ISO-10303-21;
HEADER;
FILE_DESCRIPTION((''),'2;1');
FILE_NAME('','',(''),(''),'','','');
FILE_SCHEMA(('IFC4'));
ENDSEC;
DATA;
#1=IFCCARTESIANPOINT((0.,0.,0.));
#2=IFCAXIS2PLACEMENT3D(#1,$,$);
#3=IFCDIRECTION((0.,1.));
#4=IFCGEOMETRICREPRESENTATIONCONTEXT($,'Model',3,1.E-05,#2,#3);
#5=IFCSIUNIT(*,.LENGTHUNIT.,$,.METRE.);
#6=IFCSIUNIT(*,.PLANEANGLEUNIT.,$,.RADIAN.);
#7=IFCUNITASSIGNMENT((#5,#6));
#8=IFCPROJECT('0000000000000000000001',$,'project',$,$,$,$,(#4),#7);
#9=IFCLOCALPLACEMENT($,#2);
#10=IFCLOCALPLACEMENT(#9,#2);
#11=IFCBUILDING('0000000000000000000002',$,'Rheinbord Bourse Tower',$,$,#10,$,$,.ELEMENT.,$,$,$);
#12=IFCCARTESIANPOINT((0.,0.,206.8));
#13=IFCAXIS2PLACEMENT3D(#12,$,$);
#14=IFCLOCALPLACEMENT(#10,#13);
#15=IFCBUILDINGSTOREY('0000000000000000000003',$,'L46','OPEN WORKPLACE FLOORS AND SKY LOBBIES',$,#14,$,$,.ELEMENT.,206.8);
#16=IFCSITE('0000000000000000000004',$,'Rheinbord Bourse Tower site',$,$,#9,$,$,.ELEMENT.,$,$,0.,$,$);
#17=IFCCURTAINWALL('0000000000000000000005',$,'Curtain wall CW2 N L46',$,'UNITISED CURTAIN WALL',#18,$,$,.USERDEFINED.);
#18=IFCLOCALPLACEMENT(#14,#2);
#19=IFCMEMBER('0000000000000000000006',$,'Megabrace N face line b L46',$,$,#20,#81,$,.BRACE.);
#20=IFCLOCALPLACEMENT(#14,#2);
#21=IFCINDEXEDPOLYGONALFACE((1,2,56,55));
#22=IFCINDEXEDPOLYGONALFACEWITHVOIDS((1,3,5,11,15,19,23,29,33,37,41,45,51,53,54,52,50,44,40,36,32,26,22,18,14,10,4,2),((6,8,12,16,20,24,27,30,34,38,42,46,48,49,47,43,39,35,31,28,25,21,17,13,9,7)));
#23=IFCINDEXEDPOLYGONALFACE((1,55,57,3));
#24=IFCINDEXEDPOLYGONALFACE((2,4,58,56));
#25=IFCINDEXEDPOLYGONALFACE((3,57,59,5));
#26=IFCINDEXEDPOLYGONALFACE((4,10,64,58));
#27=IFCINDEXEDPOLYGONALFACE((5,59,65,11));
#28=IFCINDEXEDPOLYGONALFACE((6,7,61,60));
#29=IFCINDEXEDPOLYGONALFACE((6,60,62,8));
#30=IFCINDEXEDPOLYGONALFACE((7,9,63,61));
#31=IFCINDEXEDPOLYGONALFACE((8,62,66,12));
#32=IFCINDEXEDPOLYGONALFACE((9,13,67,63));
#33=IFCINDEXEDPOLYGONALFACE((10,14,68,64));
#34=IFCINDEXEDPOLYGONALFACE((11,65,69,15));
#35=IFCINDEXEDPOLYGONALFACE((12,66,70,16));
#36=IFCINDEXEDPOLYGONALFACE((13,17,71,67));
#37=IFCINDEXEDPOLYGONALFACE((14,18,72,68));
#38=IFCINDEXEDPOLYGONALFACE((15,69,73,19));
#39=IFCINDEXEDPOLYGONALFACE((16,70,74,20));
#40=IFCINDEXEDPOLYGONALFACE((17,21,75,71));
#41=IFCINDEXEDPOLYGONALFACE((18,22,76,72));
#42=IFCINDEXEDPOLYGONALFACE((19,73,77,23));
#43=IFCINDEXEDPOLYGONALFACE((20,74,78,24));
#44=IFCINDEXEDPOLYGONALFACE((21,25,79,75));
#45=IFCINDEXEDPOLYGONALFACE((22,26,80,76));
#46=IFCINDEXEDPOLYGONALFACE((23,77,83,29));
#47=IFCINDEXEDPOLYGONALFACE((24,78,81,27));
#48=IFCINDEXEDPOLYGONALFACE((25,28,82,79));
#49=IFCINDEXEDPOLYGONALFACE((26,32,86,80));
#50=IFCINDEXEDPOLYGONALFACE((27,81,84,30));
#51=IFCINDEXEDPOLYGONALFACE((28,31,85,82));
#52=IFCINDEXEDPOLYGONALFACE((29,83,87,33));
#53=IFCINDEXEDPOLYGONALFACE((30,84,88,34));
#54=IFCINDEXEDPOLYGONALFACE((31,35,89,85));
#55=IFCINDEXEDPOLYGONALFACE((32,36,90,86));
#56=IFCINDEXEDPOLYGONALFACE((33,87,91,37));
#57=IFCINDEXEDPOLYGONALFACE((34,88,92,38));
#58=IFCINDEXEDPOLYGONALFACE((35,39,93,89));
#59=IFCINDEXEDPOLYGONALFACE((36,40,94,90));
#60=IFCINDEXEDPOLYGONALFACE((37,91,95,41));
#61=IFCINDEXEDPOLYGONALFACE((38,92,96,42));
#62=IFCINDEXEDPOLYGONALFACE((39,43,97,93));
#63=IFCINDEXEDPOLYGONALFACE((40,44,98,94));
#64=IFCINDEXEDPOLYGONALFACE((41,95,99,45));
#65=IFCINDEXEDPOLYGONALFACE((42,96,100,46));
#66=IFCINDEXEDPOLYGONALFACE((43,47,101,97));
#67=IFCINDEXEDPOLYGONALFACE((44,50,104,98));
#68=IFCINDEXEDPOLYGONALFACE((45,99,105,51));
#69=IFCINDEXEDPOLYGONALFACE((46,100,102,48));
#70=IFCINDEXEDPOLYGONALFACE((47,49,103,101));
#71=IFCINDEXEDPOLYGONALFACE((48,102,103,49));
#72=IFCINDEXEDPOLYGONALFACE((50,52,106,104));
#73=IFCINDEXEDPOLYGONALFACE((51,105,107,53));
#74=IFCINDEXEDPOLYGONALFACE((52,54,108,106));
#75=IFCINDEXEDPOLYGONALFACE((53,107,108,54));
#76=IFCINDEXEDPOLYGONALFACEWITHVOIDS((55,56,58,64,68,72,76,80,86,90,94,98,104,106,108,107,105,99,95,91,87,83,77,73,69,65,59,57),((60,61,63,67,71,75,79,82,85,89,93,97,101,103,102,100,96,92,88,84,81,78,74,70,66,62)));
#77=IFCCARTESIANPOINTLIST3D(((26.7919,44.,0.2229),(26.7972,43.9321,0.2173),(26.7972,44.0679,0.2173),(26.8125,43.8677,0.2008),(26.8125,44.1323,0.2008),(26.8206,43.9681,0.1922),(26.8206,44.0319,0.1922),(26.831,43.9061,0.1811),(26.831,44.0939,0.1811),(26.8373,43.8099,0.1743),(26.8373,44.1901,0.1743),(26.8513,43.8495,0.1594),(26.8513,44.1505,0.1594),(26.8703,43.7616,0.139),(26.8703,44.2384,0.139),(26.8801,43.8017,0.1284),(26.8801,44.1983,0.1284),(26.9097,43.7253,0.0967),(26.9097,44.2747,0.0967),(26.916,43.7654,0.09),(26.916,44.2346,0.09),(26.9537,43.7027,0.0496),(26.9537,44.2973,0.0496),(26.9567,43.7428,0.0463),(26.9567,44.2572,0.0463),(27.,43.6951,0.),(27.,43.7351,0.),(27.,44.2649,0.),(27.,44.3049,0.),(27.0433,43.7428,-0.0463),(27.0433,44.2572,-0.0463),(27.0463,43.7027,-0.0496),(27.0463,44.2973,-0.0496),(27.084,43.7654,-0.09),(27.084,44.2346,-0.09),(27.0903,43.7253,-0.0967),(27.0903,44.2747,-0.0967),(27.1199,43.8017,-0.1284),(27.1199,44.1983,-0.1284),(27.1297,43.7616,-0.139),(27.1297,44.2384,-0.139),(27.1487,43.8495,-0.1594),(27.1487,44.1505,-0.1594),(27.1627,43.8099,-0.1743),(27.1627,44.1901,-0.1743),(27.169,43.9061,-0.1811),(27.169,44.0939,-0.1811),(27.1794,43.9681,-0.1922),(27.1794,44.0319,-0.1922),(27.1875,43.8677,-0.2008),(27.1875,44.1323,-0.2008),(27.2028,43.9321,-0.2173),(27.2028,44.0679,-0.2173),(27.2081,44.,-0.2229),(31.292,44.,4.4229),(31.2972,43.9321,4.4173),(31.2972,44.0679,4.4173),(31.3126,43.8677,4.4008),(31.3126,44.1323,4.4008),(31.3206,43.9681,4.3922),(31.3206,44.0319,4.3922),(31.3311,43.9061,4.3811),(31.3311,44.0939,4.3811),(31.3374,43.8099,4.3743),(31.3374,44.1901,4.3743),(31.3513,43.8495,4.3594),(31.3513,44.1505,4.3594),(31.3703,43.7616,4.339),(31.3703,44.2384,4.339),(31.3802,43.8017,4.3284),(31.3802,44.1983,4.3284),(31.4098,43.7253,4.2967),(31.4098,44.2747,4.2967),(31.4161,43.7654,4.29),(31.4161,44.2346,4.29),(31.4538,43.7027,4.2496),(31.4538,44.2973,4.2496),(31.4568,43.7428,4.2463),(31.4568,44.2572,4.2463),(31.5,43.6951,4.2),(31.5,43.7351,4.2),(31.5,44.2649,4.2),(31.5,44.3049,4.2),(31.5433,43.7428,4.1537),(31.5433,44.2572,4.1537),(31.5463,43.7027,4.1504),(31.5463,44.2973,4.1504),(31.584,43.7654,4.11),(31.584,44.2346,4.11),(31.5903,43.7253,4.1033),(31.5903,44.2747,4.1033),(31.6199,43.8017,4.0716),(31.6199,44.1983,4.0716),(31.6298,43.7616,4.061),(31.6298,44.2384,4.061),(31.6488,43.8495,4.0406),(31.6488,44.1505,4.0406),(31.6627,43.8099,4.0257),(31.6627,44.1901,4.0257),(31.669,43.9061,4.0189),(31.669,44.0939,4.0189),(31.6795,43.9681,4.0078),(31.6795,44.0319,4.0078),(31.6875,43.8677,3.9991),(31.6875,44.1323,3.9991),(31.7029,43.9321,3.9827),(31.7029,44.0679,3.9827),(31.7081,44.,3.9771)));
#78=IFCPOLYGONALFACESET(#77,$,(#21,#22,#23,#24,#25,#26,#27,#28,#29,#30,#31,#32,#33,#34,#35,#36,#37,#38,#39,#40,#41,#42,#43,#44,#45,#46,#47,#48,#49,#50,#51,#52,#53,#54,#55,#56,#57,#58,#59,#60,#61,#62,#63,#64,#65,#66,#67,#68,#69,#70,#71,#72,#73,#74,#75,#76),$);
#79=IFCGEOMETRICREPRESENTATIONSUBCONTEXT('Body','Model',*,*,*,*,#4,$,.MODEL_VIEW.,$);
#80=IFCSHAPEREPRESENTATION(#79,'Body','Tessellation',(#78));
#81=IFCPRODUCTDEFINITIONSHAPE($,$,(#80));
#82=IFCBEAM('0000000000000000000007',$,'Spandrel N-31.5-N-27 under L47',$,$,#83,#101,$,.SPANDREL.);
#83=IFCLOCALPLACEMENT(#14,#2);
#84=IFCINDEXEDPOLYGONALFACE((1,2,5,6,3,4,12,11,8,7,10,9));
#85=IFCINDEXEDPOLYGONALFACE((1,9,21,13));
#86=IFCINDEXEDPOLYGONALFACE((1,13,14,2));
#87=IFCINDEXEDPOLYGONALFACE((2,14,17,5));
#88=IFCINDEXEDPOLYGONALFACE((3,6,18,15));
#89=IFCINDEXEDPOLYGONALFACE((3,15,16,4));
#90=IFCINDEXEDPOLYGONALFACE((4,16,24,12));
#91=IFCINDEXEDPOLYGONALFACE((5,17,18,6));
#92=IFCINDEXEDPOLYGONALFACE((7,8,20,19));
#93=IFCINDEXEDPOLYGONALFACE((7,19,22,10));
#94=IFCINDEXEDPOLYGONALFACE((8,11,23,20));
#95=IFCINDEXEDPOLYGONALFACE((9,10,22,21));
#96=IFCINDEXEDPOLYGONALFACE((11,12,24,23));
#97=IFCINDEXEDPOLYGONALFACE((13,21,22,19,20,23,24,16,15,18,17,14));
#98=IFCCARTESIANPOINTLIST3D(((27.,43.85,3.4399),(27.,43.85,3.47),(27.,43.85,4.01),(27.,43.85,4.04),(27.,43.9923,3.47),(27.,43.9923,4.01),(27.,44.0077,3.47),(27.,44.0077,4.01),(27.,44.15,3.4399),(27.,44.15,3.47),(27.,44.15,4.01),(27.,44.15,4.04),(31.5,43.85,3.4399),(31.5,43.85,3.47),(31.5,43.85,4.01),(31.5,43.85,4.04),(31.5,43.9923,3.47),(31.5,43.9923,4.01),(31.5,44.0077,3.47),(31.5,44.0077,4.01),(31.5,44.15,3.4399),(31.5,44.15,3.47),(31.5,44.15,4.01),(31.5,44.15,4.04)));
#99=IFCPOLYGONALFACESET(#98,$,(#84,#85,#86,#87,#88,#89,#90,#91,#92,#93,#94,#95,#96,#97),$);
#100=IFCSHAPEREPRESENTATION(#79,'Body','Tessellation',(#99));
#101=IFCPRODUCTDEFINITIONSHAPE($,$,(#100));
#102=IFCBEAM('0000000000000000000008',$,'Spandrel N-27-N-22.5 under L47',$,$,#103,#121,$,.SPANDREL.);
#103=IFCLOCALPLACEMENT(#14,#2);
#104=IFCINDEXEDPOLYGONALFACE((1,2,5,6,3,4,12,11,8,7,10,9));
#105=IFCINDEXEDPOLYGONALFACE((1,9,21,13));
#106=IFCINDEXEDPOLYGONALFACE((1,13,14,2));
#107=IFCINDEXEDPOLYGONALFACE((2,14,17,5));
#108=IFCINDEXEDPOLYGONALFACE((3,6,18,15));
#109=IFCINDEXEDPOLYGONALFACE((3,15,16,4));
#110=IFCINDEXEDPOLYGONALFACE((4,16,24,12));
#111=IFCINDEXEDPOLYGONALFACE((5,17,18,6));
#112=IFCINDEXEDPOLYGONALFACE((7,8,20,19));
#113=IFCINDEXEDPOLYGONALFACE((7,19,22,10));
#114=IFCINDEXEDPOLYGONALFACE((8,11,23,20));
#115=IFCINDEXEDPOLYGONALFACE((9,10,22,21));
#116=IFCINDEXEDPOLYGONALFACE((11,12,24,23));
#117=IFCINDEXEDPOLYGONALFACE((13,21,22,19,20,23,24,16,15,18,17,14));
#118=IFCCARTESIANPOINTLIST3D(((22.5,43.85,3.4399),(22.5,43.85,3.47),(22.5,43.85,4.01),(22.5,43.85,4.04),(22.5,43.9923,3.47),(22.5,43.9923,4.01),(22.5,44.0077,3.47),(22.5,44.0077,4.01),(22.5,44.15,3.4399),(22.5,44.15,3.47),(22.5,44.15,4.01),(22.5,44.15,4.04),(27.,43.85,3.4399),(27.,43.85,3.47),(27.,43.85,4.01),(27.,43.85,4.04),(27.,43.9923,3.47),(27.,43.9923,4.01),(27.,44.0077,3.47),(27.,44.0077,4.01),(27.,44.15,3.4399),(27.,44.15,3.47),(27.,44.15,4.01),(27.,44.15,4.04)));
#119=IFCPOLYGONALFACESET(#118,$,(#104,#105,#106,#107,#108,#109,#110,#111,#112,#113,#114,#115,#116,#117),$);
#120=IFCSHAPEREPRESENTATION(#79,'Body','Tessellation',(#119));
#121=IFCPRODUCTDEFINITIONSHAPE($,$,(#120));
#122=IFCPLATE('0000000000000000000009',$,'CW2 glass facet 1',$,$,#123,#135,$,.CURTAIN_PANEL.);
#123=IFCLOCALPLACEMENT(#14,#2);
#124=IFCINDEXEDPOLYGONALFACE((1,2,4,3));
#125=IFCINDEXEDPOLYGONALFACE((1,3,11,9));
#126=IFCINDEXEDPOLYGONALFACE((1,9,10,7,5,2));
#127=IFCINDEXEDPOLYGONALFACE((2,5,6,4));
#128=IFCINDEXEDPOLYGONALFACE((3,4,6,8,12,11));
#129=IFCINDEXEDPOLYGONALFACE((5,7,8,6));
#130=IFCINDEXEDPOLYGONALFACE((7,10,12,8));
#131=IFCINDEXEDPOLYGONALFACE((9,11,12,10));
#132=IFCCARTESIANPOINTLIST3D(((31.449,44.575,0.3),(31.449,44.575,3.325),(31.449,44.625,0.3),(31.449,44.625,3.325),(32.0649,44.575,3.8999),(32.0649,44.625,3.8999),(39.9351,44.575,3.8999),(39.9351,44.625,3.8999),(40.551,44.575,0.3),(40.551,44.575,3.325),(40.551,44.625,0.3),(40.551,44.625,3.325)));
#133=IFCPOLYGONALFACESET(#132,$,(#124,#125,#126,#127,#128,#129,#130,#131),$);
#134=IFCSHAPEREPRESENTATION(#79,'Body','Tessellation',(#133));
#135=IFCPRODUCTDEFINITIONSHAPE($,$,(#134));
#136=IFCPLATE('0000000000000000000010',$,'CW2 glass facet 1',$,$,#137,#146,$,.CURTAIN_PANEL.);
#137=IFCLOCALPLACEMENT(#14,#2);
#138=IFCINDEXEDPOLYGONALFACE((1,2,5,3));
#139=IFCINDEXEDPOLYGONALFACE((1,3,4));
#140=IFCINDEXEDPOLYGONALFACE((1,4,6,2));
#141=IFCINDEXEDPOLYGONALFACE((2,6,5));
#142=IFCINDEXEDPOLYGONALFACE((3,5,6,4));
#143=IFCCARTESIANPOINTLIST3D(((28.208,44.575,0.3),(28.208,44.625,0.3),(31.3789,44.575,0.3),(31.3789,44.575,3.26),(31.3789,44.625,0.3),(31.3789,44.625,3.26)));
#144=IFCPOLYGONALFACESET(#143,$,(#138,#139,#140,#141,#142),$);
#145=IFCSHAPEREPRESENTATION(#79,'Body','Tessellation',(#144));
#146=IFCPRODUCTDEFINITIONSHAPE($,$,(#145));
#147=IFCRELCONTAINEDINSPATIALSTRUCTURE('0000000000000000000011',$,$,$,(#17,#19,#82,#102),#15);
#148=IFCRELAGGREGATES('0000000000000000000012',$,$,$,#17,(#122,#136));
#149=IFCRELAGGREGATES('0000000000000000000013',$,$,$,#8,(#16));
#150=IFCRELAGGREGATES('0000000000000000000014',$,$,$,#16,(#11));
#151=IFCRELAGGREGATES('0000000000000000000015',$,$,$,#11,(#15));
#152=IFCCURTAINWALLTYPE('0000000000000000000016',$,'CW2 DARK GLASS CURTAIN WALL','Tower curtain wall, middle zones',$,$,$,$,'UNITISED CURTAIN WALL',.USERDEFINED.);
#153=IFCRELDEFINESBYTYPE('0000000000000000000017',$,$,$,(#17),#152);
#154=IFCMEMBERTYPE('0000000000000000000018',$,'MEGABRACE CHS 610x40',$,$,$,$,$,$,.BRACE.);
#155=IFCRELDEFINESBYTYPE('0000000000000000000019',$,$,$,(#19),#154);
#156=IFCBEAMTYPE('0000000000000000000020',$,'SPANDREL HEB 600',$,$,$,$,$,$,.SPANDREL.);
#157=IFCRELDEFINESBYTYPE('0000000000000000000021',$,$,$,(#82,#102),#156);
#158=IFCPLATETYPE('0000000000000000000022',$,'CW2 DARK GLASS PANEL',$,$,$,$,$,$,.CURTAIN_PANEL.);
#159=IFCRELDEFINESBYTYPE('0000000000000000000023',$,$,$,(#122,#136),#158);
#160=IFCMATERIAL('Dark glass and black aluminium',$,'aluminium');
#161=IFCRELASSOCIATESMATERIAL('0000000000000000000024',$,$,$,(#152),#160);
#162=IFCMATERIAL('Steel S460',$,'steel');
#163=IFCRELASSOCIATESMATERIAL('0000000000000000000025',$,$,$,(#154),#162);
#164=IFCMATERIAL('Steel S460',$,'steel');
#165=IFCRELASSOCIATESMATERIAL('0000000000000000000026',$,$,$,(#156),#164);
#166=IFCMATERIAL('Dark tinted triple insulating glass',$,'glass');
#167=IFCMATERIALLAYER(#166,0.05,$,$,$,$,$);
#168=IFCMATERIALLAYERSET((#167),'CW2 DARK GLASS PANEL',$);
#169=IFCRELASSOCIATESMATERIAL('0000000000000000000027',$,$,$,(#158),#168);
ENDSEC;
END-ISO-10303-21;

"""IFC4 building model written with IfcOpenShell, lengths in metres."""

from ifc_helpers import new_model, si_unit, direction, frame, origin, origin_2d, place, context, subcontext, project, spatial, polyline, hollow_circle, i_section, outline, extrude, material, layer, layer_set, material_profile, profile_set, type_object, element, aggregate, save


model = new_model("IFC4")

# Units and contexts
model_context = context("Model", 3, precision=1e-05, world=origin(), true_north=direction((0.0, 1.0)))
body_context = subcontext(model_context, "Body", "Model", "MODEL_VIEW")
ifc_project = project(units=[si_unit("LENGTHUNIT", "METRE"), si_unit("PLANEANGLEUNIT", "RADIAN")], contexts=[model_context])

# Site, building, storey
site_placement = place(None, origin())
site = spatial("IfcSite", under=ifc_project, at=site_placement, Name="Rheinbord Bourse Tower site", CompositionType="ELEMENT", RefElevation=0.0)
building_placement = place(site_placement, origin())
building = spatial("IfcBuilding", under=site, at=building_placement, Name="Rheinbord Bourse Tower", CompositionType="ELEMENT")
storey_placement = place(building_placement, frame((0.0, 0.0, 206.8)))
storey = spatial("IfcBuildingStorey", under=building, at=storey_placement, Name="L46", Description="OPEN WORKPLACE FLOORS AND SKY LOBBIES", CompositionType="ELEMENT", Elevation=206.8)

# Curtain wall
ifc_material_1 = material(Name="Dark glass and black aluminium", Category="aluminium")
curtain_wall_type = type_object("IfcCurtainWallType", Name="CW2 DARK GLASS CURTAIN WALL", Description="Tower curtain wall, middle zones", ElementType="UNITISED CURTAIN WALL", PredefinedType="USERDEFINED", material=ifc_material_1)
curtain_wall_placement = place(storey_placement, origin())
curtain_wall = element("IfcCurtainWall", 1, at=curtain_wall_placement, inside=storey, type_object=curtain_wall_type, Name="Curtain wall CW2 N L46", ObjectType="UNITISED CURTAIN WALL", PredefinedType="USERDEFINED")

# Member
ifc_material_2 = material(Name="Steel S460", Category="steel")
ifc_material_profile_1 = material_profile(ifc_material_2, hollow_circle(Radius=0.3049, WallThickness=0.04, at=origin_2d()), Name="CHS 610x40")
ifc_profile_set_1 = profile_set([ifc_material_profile_1], Name="Steel S460")
member_type_1 = type_object("IfcMemberType", Name="MEGABRACE CHS 610x40", PredefinedType="BRACE", material=ifc_profile_set_1)
member_1_placement = place(storey_placement, frame((27.0, 44.0, 0.0), z_axis=(0.731059, 0.0, 0.682314), x_axis=(0.0, 1.0, 0.0)))
element("IfcMember", 2, at=member_1_placement, inside=storey, type_object=member_type_1, Name="Megabrace N face line b L46", PredefinedType="BRACE", context=body_context, shape_type="SweptSolid", body=[
    extrude(hollow_circle(Radius=0.3049, WallThickness=0.04, at=origin_2d()), origin(), (0.0, 0.0, 1.0), 6.1555),
])

# Beams
ifc_material_3 = material(Name="Steel S460", Category="steel")
ifc_material_profile_2 = material_profile(ifc_material_3, i_section(OverallWidth=0.3, OverallDepth=0.6001, WebThickness=0.0154, FlangeThickness=0.03, at=origin_2d()), Name="HEB 600")
ifc_profile_set_2 = profile_set([ifc_material_profile_2], Name="Steel S460")
beam_type_1 = type_object("IfcBeamType", Name="SPANDREL HEB 600", PredefinedType="SPANDREL", material=ifc_profile_set_2)
for number, where, z_axis, x_axis, name in (
    (3, (31.5, 44.0, 3.74), (-1.0, 0.0, 0.0), (0.0, -1.0, 0.0), "Spandrel N-31.5-N-27 under L47"),
    (4, (27.0, 44.0, 3.74), (-1.0, 0.0, 0.0), (0.0, -1.0, 0.0), "Spandrel N-27-N-22.5 under L47"),
):
    element("IfcBeam", number, at=place(storey_placement, frame(where, z_axis=z_axis, x_axis=x_axis)), inside=storey, type_object=beam_type_1, Name=name, PredefinedType="SPANDREL", context=body_context, shape_type="SweptSolid", body=[
        extrude(i_section(OverallWidth=0.3, OverallDepth=0.6001, WebThickness=0.0154, FlangeThickness=0.03, at=origin_2d()), origin(), (0.0, 0.0, 1.0), 4.5),
    ])

# Plates
ifc_material_4 = material(Name="Dark tinted triple insulating glass", Category="glass")
ifc_layer = layer(ifc_material_4, 0.05)
ifc_layer_set = layer_set([ifc_layer], Name="CW2 DARK GLASS PANEL")
plate_type = type_object("IfcPlateType", Name="CW2 DARK GLASS PANEL", PredefinedType="CURTAIN_PANEL", material=ifc_layer_set)
plate_1_placement = place(storey_placement, frame((31.449, 44.625, 0.3), z_axis=(0.0, -1.0, 0.0), x_axis=(1.0, 0.0, 0.0)))
plate_1 = element("IfcPlate", 5, at=plate_1_placement, type_object=plate_type, Name="CW2 glass facet 1", PredefinedType="CURTAIN_PANEL", context=body_context, shape_type="SweptSolid", body=[
    extrude(outline(polyline([(0.0, 0.0), (9.1021, 0.0), (9.1021, 3.0249), (8.4861, 3.5999), (0.616, 3.5999), (0.0, 3.0249), (0.0, 0.0)])), origin(), (0.0, 0.0, 1.0), 0.05),
])
plate_2_placement = place(storey_placement, frame((31.3789, 44.625, 0.3), z_axis=(0.0, -1.0, 0.0), x_axis=(0.0, 0.0, 1.0)))
plate_2 = element("IfcPlate", 6, at=plate_2_placement, type_object=plate_type, Name="CW2 glass facet 1", PredefinedType="CURTAIN_PANEL", context=body_context, shape_type="SweptSolid", body=[
    extrude(outline(polyline([(0.0, 0.0), (2.96, 0.0), (0.0, 3.1709), (0.0, 0.0)])), origin(), (0.0, 0.0, 1.0), 0.05),
])
aggregate(curtain_wall, [plate_1, plate_2])

save(model, "model.ifc")
